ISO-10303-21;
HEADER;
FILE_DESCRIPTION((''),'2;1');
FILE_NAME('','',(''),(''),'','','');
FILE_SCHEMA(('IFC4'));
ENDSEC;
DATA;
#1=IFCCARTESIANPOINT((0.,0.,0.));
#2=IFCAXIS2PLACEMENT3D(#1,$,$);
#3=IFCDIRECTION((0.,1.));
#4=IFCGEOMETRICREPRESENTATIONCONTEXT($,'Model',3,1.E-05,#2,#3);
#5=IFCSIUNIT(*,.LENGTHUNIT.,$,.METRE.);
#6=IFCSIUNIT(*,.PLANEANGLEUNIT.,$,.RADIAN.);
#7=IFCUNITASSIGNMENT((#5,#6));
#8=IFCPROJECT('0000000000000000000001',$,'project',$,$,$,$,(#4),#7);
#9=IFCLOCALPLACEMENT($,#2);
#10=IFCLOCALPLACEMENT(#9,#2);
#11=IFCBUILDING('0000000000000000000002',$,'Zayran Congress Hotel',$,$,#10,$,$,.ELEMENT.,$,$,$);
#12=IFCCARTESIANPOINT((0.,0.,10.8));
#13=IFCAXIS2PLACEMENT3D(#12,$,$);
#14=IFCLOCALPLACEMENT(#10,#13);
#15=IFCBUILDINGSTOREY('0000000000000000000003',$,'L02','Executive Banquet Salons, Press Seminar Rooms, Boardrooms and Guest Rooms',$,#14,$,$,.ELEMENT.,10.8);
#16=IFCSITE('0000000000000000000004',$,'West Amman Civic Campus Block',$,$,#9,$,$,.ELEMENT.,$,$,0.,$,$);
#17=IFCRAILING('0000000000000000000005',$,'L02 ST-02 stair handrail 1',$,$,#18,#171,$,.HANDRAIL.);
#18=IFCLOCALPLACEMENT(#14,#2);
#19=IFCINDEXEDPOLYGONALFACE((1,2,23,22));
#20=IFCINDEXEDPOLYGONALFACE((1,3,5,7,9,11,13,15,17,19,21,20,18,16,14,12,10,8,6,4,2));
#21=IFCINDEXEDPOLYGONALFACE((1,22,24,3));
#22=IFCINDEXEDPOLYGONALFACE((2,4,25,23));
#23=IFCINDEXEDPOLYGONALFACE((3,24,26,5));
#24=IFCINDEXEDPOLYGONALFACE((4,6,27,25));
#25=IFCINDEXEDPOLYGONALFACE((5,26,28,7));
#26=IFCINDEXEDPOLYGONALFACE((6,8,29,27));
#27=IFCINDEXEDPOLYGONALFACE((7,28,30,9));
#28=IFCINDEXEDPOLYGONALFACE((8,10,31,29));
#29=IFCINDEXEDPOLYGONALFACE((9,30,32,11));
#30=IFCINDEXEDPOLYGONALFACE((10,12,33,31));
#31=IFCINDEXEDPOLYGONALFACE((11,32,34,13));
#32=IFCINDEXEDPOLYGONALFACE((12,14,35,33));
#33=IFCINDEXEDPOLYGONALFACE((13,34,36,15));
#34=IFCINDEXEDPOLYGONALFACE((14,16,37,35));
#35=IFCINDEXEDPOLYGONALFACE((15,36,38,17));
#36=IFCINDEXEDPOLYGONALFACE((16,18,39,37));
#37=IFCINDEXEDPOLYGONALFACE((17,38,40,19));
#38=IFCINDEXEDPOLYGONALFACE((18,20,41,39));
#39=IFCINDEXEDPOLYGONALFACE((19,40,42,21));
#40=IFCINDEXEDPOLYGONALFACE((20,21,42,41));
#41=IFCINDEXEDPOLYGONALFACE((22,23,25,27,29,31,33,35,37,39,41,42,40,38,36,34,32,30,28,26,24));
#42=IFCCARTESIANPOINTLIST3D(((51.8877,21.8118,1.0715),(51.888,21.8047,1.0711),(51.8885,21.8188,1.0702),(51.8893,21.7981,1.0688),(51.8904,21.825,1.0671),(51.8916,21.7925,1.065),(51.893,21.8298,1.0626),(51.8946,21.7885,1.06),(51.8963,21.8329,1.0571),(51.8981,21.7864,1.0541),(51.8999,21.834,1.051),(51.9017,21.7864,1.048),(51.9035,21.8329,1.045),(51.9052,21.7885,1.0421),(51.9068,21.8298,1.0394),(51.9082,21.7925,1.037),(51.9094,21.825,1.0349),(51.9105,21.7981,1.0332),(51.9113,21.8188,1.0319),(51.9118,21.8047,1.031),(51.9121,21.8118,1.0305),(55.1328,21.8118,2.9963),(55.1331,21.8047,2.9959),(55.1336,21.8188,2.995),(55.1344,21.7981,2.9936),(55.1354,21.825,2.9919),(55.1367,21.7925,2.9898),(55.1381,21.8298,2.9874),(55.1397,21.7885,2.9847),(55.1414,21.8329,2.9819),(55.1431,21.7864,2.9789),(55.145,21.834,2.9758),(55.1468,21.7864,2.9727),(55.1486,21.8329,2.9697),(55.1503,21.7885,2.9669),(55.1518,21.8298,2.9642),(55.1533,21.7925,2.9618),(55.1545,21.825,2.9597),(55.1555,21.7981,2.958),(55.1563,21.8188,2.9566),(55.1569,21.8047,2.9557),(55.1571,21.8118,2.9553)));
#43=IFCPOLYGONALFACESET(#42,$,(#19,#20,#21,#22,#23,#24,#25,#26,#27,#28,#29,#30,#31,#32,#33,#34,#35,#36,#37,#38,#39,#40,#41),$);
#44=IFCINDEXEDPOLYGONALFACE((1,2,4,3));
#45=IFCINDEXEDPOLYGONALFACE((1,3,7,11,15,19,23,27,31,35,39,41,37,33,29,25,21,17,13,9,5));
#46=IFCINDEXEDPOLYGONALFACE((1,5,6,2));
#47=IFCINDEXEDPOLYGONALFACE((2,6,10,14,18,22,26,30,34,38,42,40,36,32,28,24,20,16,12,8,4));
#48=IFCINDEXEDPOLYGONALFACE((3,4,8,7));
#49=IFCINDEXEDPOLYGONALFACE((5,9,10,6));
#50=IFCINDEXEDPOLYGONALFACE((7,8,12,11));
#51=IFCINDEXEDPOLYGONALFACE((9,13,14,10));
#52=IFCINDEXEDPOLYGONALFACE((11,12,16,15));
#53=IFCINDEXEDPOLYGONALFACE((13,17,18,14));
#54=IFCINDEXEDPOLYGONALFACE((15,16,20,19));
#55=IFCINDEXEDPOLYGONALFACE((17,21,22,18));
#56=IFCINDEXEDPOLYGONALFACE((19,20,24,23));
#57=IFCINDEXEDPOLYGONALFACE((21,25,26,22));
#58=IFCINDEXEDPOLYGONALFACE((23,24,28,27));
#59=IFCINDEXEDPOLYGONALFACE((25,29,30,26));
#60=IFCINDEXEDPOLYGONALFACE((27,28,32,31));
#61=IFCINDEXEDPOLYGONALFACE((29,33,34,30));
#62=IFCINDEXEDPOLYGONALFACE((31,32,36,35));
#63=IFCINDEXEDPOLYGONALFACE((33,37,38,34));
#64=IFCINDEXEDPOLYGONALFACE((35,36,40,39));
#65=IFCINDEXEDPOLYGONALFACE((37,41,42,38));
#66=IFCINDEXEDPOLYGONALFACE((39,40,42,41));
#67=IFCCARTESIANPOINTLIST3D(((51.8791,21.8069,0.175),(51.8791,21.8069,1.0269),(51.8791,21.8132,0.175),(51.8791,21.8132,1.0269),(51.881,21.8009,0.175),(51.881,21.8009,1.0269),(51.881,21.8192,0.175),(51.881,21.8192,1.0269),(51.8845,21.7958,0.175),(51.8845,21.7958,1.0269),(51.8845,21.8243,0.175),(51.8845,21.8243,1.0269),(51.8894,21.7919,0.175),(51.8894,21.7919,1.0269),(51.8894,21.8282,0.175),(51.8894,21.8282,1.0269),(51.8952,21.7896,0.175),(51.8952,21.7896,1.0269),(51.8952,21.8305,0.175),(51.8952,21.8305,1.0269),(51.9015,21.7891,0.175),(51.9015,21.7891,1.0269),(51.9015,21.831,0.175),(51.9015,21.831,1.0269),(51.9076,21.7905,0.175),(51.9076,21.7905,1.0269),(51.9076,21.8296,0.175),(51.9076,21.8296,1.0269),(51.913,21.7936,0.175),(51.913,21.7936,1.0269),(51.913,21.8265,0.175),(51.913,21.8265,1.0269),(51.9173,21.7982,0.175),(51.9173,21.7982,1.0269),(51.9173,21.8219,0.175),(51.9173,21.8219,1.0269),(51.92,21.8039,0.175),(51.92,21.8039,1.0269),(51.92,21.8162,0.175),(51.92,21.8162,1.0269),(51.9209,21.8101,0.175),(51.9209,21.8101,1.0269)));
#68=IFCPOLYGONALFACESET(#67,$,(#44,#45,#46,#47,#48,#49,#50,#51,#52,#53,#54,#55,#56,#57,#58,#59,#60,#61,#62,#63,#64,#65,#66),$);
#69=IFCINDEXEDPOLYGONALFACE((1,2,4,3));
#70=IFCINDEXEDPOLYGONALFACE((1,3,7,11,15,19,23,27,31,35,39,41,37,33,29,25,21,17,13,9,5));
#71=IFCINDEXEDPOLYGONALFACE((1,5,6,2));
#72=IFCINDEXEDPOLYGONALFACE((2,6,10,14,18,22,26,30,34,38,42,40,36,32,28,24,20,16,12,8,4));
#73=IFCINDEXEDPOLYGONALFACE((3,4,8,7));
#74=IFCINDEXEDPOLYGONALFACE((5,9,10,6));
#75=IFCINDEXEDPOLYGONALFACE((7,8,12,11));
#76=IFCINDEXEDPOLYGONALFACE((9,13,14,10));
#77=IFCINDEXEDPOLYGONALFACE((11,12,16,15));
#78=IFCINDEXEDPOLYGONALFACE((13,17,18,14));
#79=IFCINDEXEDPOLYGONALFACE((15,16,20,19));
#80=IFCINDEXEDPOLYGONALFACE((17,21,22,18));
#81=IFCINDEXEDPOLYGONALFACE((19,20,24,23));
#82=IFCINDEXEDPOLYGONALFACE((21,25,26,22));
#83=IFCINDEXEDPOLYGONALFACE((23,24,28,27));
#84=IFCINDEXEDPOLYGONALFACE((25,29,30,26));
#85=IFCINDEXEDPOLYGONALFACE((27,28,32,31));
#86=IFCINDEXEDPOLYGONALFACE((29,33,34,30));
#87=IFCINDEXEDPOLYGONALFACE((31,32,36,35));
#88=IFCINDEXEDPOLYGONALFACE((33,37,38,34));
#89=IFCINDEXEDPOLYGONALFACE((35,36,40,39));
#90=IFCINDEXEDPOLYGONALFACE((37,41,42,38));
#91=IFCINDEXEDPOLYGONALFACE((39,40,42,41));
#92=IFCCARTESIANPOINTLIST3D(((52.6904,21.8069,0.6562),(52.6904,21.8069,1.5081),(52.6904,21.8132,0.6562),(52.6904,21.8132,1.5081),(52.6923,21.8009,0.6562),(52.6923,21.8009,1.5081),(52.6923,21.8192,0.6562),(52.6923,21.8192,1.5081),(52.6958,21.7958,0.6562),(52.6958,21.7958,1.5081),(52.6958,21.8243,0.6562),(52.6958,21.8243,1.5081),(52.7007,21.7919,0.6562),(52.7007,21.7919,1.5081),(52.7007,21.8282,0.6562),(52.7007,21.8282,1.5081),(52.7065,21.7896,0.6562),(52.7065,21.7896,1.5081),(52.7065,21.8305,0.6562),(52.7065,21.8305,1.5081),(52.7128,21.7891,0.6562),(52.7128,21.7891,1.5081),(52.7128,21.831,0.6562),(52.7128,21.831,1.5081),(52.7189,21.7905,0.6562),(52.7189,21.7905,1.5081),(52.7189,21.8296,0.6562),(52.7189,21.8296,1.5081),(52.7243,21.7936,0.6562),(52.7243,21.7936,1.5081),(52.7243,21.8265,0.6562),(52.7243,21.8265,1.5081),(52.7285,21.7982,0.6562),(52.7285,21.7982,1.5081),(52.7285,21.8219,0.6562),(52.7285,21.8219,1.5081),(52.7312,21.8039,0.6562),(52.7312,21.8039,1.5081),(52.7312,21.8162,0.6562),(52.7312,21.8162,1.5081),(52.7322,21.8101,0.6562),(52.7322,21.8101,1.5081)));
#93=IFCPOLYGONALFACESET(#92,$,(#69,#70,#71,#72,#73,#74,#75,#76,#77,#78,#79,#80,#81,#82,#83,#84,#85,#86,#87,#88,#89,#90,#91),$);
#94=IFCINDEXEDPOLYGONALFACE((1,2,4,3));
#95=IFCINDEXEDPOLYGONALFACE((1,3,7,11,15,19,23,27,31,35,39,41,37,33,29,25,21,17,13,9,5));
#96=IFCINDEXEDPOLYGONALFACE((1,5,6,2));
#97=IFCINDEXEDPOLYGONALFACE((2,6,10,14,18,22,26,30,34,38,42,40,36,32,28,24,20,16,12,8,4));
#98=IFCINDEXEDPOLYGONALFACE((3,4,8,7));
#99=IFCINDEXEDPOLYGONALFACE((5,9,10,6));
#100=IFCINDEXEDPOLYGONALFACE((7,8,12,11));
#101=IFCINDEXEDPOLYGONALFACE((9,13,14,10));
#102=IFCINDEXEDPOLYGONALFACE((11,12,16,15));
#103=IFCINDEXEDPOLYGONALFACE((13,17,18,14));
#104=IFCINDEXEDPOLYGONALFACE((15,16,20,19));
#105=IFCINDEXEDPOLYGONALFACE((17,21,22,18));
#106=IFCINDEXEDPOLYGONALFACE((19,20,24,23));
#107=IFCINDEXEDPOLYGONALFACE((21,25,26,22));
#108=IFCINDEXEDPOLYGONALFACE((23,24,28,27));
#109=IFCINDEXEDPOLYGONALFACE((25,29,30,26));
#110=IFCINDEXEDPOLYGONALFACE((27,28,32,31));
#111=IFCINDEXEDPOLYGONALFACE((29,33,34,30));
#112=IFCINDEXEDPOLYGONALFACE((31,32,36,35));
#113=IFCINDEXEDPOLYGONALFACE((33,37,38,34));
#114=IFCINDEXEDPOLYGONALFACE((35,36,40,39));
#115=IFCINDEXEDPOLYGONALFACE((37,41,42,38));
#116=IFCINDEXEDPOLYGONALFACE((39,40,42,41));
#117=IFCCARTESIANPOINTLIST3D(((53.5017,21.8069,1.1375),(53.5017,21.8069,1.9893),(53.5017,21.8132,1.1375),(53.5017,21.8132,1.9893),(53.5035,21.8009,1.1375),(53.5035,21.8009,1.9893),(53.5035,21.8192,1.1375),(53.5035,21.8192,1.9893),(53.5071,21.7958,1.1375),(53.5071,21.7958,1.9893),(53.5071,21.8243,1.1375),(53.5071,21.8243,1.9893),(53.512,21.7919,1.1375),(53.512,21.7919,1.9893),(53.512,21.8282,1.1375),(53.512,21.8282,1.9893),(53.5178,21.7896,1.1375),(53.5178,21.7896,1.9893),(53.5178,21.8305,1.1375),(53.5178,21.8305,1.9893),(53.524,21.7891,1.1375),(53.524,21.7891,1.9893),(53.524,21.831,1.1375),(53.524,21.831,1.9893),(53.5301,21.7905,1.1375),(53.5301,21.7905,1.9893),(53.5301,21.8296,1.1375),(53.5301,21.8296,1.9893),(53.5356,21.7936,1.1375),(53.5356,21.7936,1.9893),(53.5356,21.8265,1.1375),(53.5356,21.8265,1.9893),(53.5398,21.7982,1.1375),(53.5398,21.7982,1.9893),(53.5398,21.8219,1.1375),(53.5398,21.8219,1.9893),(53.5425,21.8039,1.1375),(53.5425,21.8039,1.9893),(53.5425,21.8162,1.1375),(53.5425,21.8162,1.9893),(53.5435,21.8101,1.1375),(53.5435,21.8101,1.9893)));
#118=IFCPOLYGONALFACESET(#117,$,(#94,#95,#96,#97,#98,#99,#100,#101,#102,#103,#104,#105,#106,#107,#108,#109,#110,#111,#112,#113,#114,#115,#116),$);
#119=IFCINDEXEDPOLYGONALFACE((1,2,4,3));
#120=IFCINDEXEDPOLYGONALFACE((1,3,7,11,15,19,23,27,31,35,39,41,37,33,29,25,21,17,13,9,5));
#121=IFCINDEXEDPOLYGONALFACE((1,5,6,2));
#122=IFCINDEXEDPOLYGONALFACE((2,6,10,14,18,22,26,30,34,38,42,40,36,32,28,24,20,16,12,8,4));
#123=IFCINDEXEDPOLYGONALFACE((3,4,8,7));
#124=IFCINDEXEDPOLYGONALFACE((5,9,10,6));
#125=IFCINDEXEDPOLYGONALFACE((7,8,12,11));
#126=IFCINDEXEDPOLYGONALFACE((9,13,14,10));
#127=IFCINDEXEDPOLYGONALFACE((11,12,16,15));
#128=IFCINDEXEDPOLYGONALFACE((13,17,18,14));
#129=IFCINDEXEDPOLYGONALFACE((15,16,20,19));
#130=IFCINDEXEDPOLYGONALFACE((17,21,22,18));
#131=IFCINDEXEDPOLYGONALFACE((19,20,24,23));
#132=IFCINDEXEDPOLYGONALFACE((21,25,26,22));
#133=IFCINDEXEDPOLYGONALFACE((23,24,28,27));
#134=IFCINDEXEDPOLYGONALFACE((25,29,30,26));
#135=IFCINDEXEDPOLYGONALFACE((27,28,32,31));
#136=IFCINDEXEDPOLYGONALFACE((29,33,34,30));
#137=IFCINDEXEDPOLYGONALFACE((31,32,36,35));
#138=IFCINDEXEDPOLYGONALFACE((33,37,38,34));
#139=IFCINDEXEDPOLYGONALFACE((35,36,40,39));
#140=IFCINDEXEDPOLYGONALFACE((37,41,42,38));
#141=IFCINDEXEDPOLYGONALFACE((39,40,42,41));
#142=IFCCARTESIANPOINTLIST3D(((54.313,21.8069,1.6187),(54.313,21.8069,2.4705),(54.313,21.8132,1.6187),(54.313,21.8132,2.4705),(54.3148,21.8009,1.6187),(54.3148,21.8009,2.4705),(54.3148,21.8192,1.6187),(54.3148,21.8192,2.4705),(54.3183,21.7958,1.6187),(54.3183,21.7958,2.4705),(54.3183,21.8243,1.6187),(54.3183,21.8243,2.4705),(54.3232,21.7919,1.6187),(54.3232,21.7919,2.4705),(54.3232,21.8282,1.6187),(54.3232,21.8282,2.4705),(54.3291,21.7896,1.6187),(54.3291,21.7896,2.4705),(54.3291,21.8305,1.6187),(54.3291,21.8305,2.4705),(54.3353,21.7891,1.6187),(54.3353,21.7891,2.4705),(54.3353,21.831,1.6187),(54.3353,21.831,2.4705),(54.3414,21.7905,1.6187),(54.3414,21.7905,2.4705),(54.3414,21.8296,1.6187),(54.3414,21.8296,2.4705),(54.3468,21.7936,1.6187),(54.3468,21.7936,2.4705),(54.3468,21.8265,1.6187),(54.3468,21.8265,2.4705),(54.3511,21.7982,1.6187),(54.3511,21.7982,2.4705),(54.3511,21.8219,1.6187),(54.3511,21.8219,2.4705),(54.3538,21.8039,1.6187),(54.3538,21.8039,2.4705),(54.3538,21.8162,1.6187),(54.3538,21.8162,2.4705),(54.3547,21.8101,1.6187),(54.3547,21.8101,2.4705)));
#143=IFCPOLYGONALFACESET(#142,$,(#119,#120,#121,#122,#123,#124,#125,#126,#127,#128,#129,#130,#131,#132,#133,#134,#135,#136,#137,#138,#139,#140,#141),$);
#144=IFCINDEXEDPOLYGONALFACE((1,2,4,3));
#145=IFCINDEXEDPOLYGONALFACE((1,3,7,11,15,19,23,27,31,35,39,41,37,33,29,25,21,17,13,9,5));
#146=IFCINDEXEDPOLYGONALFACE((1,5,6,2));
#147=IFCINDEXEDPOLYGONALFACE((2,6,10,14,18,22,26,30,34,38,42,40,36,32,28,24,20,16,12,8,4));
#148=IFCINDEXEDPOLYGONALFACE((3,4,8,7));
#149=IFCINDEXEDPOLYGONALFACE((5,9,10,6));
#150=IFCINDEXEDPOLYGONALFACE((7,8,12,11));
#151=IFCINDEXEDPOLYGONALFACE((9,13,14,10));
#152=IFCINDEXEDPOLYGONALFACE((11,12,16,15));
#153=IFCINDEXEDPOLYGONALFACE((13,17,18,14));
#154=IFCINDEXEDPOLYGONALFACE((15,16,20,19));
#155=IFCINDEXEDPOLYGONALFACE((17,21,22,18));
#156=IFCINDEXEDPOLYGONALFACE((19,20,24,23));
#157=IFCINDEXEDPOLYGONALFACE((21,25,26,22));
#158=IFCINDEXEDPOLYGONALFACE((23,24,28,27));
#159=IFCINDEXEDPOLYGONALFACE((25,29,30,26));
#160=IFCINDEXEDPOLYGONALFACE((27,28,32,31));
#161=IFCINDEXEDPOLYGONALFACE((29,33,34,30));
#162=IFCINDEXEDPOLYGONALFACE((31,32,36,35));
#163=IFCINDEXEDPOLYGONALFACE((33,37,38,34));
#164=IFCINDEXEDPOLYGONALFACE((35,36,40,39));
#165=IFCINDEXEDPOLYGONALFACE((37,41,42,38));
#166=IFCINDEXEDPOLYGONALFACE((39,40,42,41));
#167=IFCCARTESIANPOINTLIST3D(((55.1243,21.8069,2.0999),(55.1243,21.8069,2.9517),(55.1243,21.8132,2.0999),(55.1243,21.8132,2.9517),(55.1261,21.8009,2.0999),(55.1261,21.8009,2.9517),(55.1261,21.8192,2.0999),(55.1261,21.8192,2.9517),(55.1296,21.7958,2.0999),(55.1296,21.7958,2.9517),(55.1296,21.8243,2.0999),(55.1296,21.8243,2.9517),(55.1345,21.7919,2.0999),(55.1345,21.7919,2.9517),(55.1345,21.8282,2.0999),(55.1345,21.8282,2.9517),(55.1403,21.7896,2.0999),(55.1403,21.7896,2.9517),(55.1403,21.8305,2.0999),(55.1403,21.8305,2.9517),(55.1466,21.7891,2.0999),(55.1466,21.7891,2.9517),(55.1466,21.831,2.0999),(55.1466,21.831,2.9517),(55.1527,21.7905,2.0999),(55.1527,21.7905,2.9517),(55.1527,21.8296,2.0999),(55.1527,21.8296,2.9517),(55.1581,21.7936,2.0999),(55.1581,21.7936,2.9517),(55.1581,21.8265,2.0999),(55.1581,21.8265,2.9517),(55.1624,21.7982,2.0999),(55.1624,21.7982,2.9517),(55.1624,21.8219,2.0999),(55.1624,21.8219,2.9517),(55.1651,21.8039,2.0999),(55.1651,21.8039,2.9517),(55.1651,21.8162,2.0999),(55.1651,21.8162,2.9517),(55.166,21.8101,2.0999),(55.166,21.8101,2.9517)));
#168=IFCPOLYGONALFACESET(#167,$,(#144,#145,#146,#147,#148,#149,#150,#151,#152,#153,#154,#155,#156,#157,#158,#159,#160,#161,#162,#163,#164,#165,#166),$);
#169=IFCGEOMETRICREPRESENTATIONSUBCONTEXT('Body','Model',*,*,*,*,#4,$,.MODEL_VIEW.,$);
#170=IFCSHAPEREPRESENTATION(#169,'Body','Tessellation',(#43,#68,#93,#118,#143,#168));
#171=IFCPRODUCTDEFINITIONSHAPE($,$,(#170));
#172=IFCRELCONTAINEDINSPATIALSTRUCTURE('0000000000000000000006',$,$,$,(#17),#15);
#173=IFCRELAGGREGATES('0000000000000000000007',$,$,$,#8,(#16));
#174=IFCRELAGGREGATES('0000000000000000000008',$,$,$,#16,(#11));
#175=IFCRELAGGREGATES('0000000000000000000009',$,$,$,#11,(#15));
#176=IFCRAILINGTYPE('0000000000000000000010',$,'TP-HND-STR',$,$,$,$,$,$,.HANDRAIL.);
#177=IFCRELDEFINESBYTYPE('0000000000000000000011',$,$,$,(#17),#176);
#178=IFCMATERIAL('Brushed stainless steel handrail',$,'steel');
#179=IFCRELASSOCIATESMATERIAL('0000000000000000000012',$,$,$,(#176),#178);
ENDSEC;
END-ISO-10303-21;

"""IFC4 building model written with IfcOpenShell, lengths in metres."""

from ifc_helpers import new_model, si_unit, direction, frame, origin, origin_2d, place, context, subcontext, project, spatial, circle, extrude, material, type_object, element, save


model = new_model("IFC4")

# Units and contexts
model_context = context("Model", 3, precision=1e-05, world=origin(), true_north=direction((0.0, 1.0)))
body_context = subcontext(model_context, "Body", "Model", "MODEL_VIEW")
ifc_project = project(units=[si_unit("LENGTHUNIT", "METRE"), si_unit("PLANEANGLEUNIT", "RADIAN")], contexts=[model_context])

# Site, building, storey
site_placement = place(None, origin())
site = spatial("IfcSite", under=ifc_project, at=site_placement, Name="West Amman Civic Campus Block", CompositionType="ELEMENT", RefElevation=0.0)
building_placement = place(site_placement, origin())
building = spatial("IfcBuilding", under=site, at=building_placement, Name="Zayran Congress Hotel", CompositionType="ELEMENT")
storey_placement = place(building_placement, frame((0.0, 0.0, 10.8)))
storey = spatial("IfcBuildingStorey", under=building, at=storey_placement, Name="L02", Description="Executive Banquet Salons, Press Seminar Rooms, Boardrooms and Guest Rooms", CompositionType="ELEMENT", Elevation=10.8)

# Railing
ifc_material_1 = material(Name="Brushed stainless steel handrail", Category="steel")
railing_type_1 = type_object("IfcRailingType", Name="TP-HND-STR", PredefinedType="HANDRAIL", material=ifc_material_1)
railing_1_placement = place(storey_placement, frame((51.8999, 21.8101, 0.175)))
element("IfcRailing", 1, at=railing_1_placement, inside=storey, type_object=railing_type_1, Name="L02 ST-02 stair handrail 1", PredefinedType="HANDRAIL", context=body_context, shape_type="SweptSolid", body=[
    extrude(circle(Radius=0.0239, at=origin_2d()), frame((0.0, 0.0, 0.876), z_axis=(0.860085, 0.0, 0.51015), x_axis=(0.0, 1.0, 0.0)), (0.0, 0.0, 1.0), 3.7729),
    extrude(circle(Radius=0.021, at=origin_2d()), origin(), (0.0, 0.0, 1.0), 0.8518),
    extrude(circle(Radius=0.021, at=origin_2d()), frame((0.8113, 0.0, 0.4812)), (0.0, 0.0, 1.0), 0.8518),
    extrude(circle(Radius=0.021, at=origin_2d()), frame((1.6226, 0.0, 0.9624)), (0.0, 0.0, 1.0), 0.8518),
    extrude(circle(Radius=0.021, at=origin_2d()), frame((2.4338, 0.0, 1.4436)), (0.0, 0.0, 1.0), 0.8518),
    extrude(circle(Radius=0.021, at=origin_2d()), frame((3.2451, 0.0, 1.9248)), (0.0, 0.0, 1.0), 0.8518),
])

save(model, "model.ifc")
